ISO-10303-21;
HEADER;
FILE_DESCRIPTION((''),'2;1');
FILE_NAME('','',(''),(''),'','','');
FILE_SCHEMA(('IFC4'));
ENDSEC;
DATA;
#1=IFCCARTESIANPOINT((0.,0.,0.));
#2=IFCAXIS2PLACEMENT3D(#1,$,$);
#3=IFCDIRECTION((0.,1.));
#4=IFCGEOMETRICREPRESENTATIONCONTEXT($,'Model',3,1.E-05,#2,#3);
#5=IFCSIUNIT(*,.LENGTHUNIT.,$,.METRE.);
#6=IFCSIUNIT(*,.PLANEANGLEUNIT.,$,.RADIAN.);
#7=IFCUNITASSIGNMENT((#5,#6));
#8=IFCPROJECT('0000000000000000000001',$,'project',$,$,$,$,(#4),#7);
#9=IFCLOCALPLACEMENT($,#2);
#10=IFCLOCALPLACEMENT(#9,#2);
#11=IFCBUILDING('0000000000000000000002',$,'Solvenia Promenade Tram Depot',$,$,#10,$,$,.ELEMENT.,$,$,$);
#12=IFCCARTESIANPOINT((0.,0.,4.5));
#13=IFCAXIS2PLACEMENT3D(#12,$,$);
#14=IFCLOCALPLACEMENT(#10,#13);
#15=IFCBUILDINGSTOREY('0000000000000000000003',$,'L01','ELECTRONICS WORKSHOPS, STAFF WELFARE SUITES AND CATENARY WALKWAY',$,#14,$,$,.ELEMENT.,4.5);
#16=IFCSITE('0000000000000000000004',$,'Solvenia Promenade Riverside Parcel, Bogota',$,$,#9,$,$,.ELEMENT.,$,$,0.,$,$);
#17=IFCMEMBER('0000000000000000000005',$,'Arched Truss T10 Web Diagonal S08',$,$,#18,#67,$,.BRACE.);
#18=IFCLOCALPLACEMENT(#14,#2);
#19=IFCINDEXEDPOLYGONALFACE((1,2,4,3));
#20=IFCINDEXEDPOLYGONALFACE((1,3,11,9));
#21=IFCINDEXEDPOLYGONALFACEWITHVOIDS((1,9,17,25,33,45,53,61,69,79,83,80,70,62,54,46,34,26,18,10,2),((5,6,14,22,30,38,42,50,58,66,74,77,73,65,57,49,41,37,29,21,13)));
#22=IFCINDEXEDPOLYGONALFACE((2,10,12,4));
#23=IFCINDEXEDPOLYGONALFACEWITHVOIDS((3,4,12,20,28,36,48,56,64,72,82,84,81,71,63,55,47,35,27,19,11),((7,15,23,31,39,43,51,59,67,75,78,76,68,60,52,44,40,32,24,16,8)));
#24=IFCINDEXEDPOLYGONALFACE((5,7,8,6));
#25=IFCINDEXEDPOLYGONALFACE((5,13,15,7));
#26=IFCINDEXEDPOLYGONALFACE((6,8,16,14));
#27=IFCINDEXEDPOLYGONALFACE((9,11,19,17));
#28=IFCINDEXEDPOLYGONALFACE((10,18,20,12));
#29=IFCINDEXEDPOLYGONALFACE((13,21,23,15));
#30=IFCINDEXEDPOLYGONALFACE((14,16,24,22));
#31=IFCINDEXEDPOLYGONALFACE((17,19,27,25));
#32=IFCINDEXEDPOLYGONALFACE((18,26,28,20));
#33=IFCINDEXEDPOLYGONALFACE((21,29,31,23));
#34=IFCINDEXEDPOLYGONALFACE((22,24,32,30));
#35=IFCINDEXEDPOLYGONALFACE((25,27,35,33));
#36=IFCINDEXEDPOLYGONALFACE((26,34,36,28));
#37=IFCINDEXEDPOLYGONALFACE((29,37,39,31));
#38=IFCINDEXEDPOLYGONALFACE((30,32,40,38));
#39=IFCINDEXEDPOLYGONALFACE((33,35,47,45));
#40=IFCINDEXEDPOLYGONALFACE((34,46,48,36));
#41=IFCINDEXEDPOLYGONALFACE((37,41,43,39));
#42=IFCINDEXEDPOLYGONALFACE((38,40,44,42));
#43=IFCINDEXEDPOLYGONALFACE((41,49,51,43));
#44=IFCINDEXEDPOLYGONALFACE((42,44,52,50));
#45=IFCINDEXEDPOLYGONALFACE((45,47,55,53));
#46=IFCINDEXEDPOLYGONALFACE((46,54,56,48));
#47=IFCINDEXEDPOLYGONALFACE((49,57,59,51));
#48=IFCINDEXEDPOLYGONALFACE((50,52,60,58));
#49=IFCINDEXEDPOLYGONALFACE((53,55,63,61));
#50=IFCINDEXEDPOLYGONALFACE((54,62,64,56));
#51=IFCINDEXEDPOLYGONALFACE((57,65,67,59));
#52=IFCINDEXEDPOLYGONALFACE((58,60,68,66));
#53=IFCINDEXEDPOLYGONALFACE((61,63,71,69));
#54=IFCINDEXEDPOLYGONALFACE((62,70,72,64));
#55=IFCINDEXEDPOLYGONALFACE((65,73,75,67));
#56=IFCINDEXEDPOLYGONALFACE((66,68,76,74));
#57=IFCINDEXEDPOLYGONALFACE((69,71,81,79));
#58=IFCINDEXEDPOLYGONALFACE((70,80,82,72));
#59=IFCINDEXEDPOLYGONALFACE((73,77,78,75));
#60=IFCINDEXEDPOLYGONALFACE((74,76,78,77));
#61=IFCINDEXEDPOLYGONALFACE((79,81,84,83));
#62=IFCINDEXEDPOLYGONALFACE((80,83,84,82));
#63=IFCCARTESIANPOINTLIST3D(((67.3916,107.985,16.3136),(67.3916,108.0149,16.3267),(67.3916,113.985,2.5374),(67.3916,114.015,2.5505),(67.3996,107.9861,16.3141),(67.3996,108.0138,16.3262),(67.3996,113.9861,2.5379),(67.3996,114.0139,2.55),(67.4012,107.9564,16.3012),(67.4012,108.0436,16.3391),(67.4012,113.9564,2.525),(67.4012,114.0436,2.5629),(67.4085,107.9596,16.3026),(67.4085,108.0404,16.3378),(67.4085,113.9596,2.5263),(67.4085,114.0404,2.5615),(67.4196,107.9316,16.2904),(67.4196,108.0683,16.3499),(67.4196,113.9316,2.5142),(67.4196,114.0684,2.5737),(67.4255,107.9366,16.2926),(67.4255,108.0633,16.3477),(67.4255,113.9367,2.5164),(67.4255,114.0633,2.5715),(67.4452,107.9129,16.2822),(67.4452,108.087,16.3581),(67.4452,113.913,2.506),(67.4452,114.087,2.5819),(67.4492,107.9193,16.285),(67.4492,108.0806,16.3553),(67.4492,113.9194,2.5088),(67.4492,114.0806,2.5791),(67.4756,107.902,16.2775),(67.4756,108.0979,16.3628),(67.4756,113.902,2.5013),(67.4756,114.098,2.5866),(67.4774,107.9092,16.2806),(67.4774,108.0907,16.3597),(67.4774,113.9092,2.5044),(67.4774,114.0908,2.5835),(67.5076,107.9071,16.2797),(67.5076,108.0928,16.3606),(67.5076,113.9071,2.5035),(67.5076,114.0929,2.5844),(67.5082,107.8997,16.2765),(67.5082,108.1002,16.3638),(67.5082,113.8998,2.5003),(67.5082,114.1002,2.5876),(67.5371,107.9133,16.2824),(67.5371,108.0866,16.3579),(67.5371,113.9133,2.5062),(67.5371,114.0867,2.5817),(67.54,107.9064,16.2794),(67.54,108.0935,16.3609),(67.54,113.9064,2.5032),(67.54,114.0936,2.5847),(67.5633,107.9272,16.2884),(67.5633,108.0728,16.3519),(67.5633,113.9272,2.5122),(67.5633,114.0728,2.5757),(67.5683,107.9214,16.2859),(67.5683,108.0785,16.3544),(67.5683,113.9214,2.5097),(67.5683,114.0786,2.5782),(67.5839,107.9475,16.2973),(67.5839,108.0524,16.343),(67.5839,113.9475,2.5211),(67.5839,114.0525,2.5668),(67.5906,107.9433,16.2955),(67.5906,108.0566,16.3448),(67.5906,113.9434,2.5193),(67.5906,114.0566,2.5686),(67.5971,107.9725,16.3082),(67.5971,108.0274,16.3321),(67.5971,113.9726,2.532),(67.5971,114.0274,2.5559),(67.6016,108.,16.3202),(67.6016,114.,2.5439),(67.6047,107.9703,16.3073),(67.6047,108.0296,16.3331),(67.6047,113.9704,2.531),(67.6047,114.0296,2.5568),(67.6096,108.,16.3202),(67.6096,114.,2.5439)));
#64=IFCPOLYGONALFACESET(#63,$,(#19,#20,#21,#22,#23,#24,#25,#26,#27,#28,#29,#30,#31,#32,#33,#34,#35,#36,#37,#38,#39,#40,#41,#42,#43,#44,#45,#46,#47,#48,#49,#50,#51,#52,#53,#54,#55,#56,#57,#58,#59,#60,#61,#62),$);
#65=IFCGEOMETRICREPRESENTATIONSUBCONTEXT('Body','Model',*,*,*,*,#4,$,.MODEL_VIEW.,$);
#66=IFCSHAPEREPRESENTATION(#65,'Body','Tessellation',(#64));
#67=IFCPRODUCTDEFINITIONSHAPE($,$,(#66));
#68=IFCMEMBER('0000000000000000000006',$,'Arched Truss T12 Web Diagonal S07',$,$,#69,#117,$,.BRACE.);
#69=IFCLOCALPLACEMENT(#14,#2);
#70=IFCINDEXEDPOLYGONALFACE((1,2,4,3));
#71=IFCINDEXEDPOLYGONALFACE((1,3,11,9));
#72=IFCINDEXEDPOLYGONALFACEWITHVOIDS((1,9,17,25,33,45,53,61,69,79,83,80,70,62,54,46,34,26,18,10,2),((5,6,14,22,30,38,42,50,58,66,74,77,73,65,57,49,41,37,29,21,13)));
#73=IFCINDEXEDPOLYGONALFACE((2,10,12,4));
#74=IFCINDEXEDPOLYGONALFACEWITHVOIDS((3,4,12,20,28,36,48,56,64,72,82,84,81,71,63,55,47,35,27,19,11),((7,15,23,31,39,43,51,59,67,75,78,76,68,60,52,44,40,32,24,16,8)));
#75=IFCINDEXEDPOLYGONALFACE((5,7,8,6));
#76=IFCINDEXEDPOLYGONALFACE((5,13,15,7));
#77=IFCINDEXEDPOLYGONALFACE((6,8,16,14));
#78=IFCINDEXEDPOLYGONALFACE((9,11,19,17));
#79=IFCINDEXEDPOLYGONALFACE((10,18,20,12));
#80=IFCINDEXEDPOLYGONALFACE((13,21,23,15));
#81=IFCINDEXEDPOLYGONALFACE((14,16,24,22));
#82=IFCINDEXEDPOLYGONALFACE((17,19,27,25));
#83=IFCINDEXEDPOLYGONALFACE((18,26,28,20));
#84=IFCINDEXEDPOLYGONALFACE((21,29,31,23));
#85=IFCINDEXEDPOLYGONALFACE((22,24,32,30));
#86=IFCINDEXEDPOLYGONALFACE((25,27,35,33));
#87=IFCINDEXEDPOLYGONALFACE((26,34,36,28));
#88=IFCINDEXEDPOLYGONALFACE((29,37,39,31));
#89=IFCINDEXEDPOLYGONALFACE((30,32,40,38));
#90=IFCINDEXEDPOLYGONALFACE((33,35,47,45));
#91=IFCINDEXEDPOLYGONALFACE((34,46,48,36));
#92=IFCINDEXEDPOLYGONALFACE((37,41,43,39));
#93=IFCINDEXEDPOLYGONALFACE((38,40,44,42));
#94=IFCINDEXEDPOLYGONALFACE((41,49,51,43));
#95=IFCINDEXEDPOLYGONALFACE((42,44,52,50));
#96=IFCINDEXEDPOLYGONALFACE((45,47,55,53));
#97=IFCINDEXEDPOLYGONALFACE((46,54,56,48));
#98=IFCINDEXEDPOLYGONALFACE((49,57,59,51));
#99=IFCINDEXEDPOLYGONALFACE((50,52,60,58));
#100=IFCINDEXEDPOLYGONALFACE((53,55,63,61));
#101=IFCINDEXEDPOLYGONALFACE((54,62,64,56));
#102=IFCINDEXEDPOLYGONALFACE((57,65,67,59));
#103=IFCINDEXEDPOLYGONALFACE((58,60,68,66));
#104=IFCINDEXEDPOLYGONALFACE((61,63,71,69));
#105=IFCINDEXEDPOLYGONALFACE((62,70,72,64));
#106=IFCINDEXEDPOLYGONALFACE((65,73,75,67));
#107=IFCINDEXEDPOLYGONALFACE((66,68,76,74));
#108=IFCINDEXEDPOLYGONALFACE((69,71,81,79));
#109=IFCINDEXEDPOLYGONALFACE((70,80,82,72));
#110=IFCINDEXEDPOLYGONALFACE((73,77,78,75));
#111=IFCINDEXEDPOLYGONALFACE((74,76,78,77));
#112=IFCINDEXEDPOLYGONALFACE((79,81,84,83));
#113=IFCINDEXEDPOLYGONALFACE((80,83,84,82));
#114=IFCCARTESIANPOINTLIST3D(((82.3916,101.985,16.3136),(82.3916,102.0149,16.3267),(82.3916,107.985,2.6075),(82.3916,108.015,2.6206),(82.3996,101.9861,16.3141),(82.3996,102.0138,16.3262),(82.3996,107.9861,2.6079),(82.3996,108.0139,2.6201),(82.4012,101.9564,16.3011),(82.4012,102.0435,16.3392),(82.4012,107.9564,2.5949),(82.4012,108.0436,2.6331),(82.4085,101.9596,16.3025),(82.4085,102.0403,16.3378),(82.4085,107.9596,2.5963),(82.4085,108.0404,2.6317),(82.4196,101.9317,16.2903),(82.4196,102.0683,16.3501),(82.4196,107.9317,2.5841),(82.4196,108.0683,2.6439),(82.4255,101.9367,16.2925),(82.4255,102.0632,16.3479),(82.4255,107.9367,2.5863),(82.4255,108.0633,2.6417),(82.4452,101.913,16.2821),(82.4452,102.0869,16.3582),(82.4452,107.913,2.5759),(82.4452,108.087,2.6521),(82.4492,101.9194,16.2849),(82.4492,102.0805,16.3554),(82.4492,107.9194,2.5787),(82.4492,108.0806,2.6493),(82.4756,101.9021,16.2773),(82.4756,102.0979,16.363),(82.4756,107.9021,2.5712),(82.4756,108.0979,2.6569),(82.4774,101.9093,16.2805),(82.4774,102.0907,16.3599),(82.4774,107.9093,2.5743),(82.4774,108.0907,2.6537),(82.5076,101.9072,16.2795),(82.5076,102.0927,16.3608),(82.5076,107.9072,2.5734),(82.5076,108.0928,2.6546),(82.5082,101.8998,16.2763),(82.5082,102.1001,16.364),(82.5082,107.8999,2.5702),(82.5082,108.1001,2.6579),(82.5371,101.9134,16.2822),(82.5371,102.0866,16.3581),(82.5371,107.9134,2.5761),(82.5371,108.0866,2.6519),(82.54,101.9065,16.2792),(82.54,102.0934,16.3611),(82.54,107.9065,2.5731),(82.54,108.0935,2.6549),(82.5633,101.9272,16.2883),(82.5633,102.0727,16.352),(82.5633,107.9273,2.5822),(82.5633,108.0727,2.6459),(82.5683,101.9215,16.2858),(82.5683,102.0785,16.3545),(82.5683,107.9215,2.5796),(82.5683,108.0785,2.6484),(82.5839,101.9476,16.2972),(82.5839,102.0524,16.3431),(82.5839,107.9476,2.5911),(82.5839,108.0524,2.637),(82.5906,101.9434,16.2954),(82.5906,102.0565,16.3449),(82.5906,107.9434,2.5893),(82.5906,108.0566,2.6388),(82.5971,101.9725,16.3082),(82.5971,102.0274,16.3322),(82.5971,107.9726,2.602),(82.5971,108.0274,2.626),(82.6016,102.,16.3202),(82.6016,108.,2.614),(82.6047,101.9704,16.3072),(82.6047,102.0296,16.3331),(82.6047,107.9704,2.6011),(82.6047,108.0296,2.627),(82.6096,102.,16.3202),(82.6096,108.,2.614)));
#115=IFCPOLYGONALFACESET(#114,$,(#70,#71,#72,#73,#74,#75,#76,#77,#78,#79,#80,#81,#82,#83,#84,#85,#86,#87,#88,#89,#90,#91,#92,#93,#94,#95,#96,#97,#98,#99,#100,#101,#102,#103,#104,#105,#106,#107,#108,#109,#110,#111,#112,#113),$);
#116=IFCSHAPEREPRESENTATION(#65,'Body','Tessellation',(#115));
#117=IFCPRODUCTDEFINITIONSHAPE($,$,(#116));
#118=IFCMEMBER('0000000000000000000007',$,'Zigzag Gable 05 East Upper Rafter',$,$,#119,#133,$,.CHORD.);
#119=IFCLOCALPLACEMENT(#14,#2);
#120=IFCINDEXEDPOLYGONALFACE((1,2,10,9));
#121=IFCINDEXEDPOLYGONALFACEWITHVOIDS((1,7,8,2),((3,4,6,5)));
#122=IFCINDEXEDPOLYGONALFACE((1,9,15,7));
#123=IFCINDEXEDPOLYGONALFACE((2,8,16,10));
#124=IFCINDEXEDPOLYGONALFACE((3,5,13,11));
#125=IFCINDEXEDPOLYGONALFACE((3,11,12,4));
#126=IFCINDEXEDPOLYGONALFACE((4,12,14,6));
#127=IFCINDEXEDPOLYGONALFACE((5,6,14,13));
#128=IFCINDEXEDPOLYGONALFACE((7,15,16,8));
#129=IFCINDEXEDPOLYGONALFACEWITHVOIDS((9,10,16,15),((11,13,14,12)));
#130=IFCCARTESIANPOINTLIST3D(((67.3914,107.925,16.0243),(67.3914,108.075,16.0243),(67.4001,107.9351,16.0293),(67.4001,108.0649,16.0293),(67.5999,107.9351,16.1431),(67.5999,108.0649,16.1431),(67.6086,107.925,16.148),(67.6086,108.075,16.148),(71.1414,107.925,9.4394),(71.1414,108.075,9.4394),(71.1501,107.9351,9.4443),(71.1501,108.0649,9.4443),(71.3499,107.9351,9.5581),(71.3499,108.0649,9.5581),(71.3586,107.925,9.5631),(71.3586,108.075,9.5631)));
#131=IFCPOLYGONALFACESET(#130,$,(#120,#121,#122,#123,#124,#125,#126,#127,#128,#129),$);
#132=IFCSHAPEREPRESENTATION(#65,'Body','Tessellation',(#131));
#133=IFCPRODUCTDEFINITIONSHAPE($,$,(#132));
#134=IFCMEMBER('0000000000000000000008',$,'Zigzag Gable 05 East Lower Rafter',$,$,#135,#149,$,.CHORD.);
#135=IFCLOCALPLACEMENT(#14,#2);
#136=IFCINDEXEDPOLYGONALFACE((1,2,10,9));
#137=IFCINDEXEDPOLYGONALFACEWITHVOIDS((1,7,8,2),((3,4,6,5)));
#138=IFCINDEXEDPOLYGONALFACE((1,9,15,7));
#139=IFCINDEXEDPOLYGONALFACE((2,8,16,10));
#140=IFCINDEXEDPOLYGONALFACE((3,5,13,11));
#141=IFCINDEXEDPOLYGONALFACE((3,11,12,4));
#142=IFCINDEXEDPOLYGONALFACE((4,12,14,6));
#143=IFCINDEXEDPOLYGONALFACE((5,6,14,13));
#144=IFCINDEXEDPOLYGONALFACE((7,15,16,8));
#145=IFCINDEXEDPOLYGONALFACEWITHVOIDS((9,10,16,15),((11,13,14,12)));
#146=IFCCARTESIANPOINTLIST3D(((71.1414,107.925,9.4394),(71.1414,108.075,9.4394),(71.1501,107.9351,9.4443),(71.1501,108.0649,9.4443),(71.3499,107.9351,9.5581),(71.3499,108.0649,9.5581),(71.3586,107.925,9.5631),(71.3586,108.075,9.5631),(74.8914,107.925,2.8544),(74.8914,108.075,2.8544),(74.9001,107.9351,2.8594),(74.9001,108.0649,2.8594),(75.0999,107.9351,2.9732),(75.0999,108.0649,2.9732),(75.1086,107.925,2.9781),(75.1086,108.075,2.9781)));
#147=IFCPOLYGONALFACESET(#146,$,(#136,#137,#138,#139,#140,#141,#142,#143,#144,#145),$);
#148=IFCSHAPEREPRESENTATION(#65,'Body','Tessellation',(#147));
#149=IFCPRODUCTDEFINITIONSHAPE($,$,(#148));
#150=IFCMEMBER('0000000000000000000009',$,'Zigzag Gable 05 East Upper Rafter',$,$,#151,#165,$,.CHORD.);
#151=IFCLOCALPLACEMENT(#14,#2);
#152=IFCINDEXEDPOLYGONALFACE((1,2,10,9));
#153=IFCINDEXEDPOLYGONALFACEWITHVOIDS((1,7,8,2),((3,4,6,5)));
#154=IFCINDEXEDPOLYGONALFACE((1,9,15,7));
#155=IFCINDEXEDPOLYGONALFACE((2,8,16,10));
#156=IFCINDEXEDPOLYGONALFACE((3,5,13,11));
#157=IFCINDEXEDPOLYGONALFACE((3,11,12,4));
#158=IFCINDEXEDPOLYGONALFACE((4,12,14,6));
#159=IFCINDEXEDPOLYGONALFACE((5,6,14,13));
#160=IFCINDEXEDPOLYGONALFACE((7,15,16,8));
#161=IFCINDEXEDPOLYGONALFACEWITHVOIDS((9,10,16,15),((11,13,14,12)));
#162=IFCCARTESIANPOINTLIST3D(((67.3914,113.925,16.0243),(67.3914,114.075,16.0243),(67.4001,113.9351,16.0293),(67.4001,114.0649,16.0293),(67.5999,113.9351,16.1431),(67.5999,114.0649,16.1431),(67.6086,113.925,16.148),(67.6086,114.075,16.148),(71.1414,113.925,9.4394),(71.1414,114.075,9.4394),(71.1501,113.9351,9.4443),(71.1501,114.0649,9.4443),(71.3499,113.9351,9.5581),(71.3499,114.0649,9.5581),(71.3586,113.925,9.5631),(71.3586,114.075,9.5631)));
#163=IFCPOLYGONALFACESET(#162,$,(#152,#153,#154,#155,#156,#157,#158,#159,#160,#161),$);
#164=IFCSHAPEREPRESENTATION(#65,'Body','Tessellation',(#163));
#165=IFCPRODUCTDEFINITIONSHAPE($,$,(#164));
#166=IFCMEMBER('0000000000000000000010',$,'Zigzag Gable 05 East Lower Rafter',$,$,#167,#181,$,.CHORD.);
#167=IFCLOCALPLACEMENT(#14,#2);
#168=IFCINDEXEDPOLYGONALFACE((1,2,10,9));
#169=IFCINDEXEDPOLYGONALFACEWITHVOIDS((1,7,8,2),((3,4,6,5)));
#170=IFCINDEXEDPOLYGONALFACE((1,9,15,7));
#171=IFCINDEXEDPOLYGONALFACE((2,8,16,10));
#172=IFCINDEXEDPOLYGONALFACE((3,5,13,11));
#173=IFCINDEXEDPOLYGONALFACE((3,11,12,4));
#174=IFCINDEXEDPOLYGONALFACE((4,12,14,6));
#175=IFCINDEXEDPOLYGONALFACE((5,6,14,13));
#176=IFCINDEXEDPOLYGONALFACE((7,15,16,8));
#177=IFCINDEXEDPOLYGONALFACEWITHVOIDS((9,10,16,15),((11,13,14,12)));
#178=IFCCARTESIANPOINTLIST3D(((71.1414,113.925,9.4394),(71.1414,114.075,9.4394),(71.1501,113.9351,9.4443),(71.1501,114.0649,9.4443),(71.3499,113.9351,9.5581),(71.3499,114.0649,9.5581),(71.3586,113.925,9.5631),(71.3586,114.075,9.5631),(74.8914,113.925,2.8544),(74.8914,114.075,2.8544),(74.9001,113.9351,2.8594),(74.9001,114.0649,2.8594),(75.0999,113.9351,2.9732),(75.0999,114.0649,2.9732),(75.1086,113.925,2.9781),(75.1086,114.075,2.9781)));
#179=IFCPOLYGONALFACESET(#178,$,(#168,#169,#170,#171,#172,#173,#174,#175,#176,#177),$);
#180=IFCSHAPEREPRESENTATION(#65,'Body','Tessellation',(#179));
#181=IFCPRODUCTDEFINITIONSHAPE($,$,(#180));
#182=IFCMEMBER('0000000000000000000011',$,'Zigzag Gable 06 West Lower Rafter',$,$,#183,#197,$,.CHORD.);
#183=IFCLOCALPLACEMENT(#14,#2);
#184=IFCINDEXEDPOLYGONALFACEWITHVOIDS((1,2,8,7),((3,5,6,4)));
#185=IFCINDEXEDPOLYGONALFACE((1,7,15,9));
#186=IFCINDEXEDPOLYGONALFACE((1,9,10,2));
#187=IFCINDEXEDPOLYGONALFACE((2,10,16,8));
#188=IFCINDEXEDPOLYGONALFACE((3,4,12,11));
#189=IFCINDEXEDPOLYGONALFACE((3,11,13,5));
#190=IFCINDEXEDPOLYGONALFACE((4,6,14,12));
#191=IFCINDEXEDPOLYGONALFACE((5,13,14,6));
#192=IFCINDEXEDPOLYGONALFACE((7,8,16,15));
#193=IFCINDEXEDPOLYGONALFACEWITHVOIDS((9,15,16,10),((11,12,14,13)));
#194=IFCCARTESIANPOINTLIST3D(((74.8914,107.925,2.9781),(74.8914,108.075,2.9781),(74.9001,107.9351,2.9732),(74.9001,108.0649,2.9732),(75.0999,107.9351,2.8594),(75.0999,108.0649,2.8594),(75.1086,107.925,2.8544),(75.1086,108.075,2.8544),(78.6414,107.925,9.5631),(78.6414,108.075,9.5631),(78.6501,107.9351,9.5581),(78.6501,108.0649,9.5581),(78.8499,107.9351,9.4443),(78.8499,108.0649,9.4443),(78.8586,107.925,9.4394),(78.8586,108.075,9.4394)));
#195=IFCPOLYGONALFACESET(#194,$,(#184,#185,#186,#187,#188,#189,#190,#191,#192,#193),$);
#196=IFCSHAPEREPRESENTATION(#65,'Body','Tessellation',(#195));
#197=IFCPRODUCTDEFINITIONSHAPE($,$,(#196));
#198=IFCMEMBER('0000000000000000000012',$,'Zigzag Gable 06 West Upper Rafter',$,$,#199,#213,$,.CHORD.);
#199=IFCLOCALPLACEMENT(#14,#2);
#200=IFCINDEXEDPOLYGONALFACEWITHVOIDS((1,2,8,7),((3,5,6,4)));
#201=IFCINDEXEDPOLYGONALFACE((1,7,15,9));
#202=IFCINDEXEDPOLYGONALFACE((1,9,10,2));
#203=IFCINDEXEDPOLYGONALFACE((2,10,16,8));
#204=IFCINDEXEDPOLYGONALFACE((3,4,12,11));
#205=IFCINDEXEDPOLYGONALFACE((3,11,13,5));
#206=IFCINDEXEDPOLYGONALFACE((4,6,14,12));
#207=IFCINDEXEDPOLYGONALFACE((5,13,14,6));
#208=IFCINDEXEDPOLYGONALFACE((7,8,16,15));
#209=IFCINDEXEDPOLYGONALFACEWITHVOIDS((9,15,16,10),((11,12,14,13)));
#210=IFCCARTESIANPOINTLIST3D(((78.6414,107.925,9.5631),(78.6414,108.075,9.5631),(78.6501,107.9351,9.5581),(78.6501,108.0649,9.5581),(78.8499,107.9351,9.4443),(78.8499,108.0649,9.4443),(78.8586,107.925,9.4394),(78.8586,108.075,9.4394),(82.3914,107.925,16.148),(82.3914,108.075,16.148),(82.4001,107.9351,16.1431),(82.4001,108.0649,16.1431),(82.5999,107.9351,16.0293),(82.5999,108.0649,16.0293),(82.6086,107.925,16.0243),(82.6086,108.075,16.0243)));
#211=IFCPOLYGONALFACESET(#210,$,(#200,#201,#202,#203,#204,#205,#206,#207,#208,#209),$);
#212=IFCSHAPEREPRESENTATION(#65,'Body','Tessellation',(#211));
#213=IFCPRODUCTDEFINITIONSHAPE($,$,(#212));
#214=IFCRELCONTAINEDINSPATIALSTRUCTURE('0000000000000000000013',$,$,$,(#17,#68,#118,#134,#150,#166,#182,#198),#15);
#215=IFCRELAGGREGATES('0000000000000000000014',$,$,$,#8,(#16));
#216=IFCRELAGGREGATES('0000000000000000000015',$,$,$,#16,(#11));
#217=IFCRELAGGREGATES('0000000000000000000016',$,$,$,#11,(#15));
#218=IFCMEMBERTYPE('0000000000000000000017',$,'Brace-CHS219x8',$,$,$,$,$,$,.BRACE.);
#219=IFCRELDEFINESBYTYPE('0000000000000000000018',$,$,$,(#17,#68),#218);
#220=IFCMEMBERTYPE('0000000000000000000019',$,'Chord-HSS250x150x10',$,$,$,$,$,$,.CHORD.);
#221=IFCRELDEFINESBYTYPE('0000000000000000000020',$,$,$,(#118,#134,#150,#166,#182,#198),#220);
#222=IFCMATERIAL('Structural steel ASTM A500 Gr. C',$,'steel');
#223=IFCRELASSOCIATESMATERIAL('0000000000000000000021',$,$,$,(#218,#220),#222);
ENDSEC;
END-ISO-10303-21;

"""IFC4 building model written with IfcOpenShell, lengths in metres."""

from ifc_helpers import new_model, si_unit, direction, frame, origin, origin_2d, place, context, subcontext, project, spatial, hollow_rectangle, hollow_circle, extrude, material, material_profile, profile_set, type_object, element, save


model = new_model("IFC4")

# Units and contexts
model_context = context("Model", 3, precision=1e-05, world=origin(), true_north=direction((0.0, 1.0)))
body_context = subcontext(model_context, "Body", "Model", "MODEL_VIEW")
ifc_project = project(units=[si_unit("LENGTHUNIT", "METRE"), si_unit("PLANEANGLEUNIT", "RADIAN")], contexts=[model_context])

# Site, building, storey
site_placement = place(None, origin())
site = spatial("IfcSite", under=ifc_project, at=site_placement, Name="Solvenia Promenade Riverside Parcel, Bogota", CompositionType="ELEMENT", RefElevation=0.0)
building_placement = place(site_placement, origin())
building = spatial("IfcBuilding", under=site, at=building_placement, Name="Solvenia Promenade Tram Depot", CompositionType="ELEMENT")
storey_placement = place(building_placement, frame((0.0, 0.0, 4.5)))
storey = spatial("IfcBuildingStorey", under=building, at=storey_placement, Name="L01", Description="ELECTRONICS WORKSHOPS, STAFF WELFARE SUITES AND CATENARY WALKWAY", CompositionType="ELEMENT", Elevation=4.5)

# Members
ifc_material_1 = material(Name="Structural steel ASTM A500 Gr. C", Category="steel")
ifc_material_profile_1 = material_profile(ifc_material_1, hollow_circle(Radius=0.1096, WallThickness=0.0081, at=origin_2d()), Name="CHS219.1x8", Category="steel")
ifc_profile_set_1 = profile_set([ifc_material_profile_1], Name="Structural steel ASTM A500 Gr. C")
member_type_1 = type_object("IfcMemberType", Name="Brace-CHS219x8", PredefinedType="BRACE", material=ifc_profile_set_1)
member_1_placement = place(storey_placement, frame((67.5, 114.0, 2.5439), z_axis=(0.0, -0.399307, 0.916817), x_axis=(1.0, 0.0, 0.0)))
element("IfcMember", 1, at=member_1_placement, inside=storey, type_object=member_type_1, Name="Arched Truss T10 Web Diagonal S08", PredefinedType="BRACE", context=body_context, shape_type="SweptSolid", body=[
    extrude(hollow_circle(Radius=0.1096, WallThickness=0.0081, at=origin_2d()), origin(), (0.0, 0.0, 1.0), 15.0261),
])
member_2_placement = place(storey_placement, frame((82.5, 108.0, 2.614), z_axis=(0.0, -0.401021, 0.916069), x_axis=(1.0, 0.0, 0.0)))
element("IfcMember", 2, at=member_2_placement, inside=storey, type_object=member_type_1, Name="Arched Truss T12 Web Diagonal S07", PredefinedType="BRACE", context=body_context, shape_type="SweptSolid", body=[
    extrude(hollow_circle(Radius=0.1096, WallThickness=0.0081, at=origin_2d()), origin(), (0.0, 0.0, 1.0), 14.9619),
])
ifc_material_profile_2 = material_profile(ifc_material_1, hollow_rectangle(XDim=0.1499, YDim=0.25, WallThickness=0.01, at=origin_2d()), Name="HSS250x150x10", Category="steel")
ifc_profile_set_2 = profile_set([ifc_material_profile_2], Name="Structural steel ASTM A500 Gr. C")
member_type_2 = type_object("IfcMemberType", Name="Chord-HSS250x150x10", PredefinedType="CHORD", material=ifc_profile_set_2)
for number, where, z_axis, x_axis, name in (
    (3, (67.5, 108.0, 16.0862), (0.494862, 0.0, -0.868972), (0.0, 1.0, 0.0), "Zigzag Gable 05 East Upper Rafter"),
    (4, (71.25, 108.0, 9.5012), (0.494862, 0.0, -0.868972), (0.0, 1.0, 0.0), "Zigzag Gable 05 East Lower Rafter"),
    (5, (67.5, 114.0, 16.0862), (0.494862, 0.0, -0.868972), (0.0, 1.0, 0.0), "Zigzag Gable 05 East Upper Rafter"),
    (6, (71.25, 114.0, 9.5012), (0.494862, 0.0, -0.868972), (0.0, 1.0, 0.0), "Zigzag Gable 05 East Lower Rafter"),
    (7, (75.0, 108.0, 2.9163), (0.494862, 0.0, 0.868972), (0.0, 1.0, 0.0), "Zigzag Gable 06 West Lower Rafter"),
    (8, (78.75, 108.0, 9.5012), (0.494862, 0.0, 0.868972), (0.0, 1.0, 0.0), "Zigzag Gable 06 West Upper Rafter"),
):
    element("IfcMember", number, at=place(storey_placement, frame(where, z_axis=z_axis, x_axis=x_axis)), inside=storey, type_object=member_type_2, Name=name, PredefinedType="CHORD", context=body_context, shape_type="SweptSolid", body=[
        extrude(hollow_rectangle(XDim=0.1499, YDim=0.25, WallThickness=0.01, at=origin_2d()), origin(), (0.0, 0.0, 1.0), 7.5779),
    ])

save(model, "model.ifc")
